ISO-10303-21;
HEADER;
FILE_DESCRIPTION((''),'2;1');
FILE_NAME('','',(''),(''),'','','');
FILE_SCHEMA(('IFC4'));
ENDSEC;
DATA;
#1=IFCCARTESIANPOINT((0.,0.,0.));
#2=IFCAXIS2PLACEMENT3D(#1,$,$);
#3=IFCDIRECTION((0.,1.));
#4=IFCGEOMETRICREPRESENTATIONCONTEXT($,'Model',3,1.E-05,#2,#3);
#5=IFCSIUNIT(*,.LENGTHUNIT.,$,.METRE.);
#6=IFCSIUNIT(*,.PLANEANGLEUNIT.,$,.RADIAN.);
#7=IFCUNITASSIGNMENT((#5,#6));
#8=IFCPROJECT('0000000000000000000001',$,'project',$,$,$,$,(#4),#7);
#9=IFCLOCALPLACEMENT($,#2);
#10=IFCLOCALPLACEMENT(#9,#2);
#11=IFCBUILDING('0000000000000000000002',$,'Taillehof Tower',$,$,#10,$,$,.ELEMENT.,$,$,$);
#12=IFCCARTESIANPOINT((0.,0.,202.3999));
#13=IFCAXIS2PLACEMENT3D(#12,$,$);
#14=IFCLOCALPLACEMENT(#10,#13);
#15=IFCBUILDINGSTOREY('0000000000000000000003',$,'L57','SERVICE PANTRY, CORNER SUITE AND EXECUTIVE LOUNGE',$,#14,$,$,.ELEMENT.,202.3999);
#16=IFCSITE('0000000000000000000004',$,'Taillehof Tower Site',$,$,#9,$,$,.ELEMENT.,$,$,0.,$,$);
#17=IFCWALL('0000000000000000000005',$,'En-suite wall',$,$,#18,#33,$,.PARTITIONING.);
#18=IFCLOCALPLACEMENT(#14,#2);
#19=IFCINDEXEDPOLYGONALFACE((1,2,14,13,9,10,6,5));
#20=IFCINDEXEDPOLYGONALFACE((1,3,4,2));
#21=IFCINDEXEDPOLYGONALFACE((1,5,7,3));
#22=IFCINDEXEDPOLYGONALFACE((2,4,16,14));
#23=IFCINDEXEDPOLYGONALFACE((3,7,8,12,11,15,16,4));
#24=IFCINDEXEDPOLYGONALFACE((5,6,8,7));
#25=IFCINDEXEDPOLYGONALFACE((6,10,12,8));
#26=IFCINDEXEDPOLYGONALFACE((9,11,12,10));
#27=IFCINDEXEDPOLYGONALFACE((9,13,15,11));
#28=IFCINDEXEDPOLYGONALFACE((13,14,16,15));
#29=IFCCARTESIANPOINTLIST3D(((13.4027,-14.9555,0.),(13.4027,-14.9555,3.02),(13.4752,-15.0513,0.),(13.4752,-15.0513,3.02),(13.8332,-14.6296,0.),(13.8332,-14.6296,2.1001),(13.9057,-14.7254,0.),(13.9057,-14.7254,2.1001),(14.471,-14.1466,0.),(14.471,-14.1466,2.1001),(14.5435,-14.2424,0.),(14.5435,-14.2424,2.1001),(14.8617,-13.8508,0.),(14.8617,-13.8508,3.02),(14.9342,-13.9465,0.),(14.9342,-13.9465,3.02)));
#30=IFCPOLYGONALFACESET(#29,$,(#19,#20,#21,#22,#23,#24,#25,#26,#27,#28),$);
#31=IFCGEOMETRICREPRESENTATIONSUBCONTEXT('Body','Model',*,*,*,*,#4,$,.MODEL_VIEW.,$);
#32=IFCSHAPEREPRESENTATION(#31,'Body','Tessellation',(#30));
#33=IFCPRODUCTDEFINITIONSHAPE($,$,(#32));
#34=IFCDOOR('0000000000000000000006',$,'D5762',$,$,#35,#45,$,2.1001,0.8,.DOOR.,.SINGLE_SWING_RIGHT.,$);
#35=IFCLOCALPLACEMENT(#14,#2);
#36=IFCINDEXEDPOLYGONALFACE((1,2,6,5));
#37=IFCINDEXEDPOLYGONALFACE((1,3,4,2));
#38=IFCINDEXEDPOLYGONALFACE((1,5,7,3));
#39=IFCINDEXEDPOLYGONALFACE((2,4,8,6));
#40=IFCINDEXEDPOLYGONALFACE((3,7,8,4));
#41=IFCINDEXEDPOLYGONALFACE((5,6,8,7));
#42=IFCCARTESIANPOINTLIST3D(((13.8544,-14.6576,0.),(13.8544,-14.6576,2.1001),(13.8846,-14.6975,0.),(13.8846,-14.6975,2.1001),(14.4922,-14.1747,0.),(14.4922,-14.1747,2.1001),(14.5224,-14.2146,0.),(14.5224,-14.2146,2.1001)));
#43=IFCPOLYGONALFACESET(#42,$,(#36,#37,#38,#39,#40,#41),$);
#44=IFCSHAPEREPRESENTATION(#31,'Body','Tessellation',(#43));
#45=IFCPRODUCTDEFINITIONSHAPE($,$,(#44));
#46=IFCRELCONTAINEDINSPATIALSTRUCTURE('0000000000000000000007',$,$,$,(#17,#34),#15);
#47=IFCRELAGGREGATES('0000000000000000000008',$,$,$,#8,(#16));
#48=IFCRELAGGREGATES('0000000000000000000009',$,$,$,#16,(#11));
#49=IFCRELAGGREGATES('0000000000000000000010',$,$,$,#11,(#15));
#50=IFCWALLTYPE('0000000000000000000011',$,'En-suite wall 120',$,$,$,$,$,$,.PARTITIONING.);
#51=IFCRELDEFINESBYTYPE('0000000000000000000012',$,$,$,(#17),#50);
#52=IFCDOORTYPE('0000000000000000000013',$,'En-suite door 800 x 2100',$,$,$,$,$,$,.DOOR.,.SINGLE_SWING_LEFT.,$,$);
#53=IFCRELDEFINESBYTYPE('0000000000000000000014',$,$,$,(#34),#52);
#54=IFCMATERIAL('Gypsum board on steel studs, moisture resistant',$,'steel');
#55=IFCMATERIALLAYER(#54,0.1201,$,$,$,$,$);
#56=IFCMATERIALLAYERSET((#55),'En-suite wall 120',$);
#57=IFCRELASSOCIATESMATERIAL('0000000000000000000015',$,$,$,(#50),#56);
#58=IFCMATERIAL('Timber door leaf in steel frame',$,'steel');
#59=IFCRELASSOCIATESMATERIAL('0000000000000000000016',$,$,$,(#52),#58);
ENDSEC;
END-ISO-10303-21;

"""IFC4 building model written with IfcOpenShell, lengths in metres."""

from ifc_helpers import new_model, si_unit, direction, frame, frame_2d, origin, place, context, subcontext, project, spatial, rectangle, extrude, material, layer, layer_set, type_object, element, fill, save


model = new_model("IFC4")

# Units and contexts
model_context = context("Model", 3, precision=1e-05, world=origin(), true_north=direction((0.0, 1.0)))
body_context = subcontext(model_context, "Body", "Model", "MODEL_VIEW")
ifc_project = project(units=[si_unit("LENGTHUNIT", "METRE"), si_unit("PLANEANGLEUNIT", "RADIAN")], contexts=[model_context])

# Site, building, storey
site_placement = place(None, origin())
site = spatial("IfcSite", under=ifc_project, at=site_placement, Name="Taillehof Tower Site", CompositionType="ELEMENT", RefElevation=0.0)
building_placement = place(site_placement, origin())
building = spatial("IfcBuilding", under=site, at=building_placement, Name="Taillehof Tower", CompositionType="ELEMENT")
storey_placement = place(building_placement, frame((0.0, 0.0, 202.3999)))
storey = spatial("IfcBuildingStorey", under=building, at=storey_placement, Name="L57", Description="SERVICE PANTRY, CORNER SUITE AND EXECUTIVE LOUNGE", CompositionType="ELEMENT", Elevation=202.3999)

# Shared definitions
ifc_material_1 = material(Name="Gypsum board on steel studs, moisture resistant", Category="steel")
ifc_layer_1 = layer(ifc_material_1, 0.1201)
ifc_layer_set_1 = layer_set([ifc_layer_1], Name="En-suite wall 120")
wall_type_1 = type_object("IfcWallType", Name="En-suite wall 120", PredefinedType="PARTITIONING", material=ifc_layer_set_1)

# Wall, opening, door
wall_1_placement = place(storey_placement, frame((13.439, -15.0034, 0.0), z_axis=(0.0, 0.0, 1.0), x_axis=(0.797238, 0.603665, 0.0)))
wall_1 = element("IfcWall", 1, at=wall_1_placement, inside=storey, type_object=wall_type_1, Name="En-suite wall", PredefinedType="PARTITIONING", context=body_context, shape_type="SweptSolid", body=[
    extrude(rectangle(XDim=1.8301, YDim=0.1201, at=frame_2d((0.915, 0.0))), origin(), (0.0, 0.0, 1.0), 3.02),
])
opening_1_placement = place(wall_1_placement, frame((0.54, 0.0, 0.0)))
opening_1 = element("IfcOpeningElement", 2, at=opening_1_placement, cuts=wall_1, PredefinedType="OPENING", context=body_context, shape_type="SweptSolid", body=[
    extrude(rectangle(XDim=0.8, YDim=2.1001, at=frame_2d((0.3999, 1.05))), frame((0.0, 0.0701, 0.0), z_axis=(0.0, -1.0, 0.0), x_axis=(1.0, 0.0, 0.0)), (0.0, 0.0, 1.0), 0.1401),
])
ifc_material_2 = material(Name="Timber door leaf in steel frame", Category="steel")
door_type_1 = type_object("IfcDoorType", Name="En-suite door 800 x 2100", OperationType="SINGLE_SWING_LEFT", PredefinedType="DOOR", material=ifc_material_2)
door_1_placement = place(opening_1_placement, origin())
door_1 = element("IfcDoor", 3, at=door_1_placement, inside=storey, type_object=door_type_1, Name="D5762", OperationType="SINGLE_SWING_RIGHT", OverallHeight=2.1001, OverallWidth=0.8, PredefinedType="DOOR", context=body_context, shape_type="SweptSolid", body=[
    extrude(rectangle(XDim=0.8, YDim=2.1001, at=frame_2d((0.3999, 1.05))), frame((0.0, 0.0249, 0.0), z_axis=(0.0, -1.0, 0.0), x_axis=(1.0, 0.0, 0.0)), (0.0, 0.0, 1.0), 0.05),
])
fill(opening_1, door_1)

save(model, "model.ifc")
